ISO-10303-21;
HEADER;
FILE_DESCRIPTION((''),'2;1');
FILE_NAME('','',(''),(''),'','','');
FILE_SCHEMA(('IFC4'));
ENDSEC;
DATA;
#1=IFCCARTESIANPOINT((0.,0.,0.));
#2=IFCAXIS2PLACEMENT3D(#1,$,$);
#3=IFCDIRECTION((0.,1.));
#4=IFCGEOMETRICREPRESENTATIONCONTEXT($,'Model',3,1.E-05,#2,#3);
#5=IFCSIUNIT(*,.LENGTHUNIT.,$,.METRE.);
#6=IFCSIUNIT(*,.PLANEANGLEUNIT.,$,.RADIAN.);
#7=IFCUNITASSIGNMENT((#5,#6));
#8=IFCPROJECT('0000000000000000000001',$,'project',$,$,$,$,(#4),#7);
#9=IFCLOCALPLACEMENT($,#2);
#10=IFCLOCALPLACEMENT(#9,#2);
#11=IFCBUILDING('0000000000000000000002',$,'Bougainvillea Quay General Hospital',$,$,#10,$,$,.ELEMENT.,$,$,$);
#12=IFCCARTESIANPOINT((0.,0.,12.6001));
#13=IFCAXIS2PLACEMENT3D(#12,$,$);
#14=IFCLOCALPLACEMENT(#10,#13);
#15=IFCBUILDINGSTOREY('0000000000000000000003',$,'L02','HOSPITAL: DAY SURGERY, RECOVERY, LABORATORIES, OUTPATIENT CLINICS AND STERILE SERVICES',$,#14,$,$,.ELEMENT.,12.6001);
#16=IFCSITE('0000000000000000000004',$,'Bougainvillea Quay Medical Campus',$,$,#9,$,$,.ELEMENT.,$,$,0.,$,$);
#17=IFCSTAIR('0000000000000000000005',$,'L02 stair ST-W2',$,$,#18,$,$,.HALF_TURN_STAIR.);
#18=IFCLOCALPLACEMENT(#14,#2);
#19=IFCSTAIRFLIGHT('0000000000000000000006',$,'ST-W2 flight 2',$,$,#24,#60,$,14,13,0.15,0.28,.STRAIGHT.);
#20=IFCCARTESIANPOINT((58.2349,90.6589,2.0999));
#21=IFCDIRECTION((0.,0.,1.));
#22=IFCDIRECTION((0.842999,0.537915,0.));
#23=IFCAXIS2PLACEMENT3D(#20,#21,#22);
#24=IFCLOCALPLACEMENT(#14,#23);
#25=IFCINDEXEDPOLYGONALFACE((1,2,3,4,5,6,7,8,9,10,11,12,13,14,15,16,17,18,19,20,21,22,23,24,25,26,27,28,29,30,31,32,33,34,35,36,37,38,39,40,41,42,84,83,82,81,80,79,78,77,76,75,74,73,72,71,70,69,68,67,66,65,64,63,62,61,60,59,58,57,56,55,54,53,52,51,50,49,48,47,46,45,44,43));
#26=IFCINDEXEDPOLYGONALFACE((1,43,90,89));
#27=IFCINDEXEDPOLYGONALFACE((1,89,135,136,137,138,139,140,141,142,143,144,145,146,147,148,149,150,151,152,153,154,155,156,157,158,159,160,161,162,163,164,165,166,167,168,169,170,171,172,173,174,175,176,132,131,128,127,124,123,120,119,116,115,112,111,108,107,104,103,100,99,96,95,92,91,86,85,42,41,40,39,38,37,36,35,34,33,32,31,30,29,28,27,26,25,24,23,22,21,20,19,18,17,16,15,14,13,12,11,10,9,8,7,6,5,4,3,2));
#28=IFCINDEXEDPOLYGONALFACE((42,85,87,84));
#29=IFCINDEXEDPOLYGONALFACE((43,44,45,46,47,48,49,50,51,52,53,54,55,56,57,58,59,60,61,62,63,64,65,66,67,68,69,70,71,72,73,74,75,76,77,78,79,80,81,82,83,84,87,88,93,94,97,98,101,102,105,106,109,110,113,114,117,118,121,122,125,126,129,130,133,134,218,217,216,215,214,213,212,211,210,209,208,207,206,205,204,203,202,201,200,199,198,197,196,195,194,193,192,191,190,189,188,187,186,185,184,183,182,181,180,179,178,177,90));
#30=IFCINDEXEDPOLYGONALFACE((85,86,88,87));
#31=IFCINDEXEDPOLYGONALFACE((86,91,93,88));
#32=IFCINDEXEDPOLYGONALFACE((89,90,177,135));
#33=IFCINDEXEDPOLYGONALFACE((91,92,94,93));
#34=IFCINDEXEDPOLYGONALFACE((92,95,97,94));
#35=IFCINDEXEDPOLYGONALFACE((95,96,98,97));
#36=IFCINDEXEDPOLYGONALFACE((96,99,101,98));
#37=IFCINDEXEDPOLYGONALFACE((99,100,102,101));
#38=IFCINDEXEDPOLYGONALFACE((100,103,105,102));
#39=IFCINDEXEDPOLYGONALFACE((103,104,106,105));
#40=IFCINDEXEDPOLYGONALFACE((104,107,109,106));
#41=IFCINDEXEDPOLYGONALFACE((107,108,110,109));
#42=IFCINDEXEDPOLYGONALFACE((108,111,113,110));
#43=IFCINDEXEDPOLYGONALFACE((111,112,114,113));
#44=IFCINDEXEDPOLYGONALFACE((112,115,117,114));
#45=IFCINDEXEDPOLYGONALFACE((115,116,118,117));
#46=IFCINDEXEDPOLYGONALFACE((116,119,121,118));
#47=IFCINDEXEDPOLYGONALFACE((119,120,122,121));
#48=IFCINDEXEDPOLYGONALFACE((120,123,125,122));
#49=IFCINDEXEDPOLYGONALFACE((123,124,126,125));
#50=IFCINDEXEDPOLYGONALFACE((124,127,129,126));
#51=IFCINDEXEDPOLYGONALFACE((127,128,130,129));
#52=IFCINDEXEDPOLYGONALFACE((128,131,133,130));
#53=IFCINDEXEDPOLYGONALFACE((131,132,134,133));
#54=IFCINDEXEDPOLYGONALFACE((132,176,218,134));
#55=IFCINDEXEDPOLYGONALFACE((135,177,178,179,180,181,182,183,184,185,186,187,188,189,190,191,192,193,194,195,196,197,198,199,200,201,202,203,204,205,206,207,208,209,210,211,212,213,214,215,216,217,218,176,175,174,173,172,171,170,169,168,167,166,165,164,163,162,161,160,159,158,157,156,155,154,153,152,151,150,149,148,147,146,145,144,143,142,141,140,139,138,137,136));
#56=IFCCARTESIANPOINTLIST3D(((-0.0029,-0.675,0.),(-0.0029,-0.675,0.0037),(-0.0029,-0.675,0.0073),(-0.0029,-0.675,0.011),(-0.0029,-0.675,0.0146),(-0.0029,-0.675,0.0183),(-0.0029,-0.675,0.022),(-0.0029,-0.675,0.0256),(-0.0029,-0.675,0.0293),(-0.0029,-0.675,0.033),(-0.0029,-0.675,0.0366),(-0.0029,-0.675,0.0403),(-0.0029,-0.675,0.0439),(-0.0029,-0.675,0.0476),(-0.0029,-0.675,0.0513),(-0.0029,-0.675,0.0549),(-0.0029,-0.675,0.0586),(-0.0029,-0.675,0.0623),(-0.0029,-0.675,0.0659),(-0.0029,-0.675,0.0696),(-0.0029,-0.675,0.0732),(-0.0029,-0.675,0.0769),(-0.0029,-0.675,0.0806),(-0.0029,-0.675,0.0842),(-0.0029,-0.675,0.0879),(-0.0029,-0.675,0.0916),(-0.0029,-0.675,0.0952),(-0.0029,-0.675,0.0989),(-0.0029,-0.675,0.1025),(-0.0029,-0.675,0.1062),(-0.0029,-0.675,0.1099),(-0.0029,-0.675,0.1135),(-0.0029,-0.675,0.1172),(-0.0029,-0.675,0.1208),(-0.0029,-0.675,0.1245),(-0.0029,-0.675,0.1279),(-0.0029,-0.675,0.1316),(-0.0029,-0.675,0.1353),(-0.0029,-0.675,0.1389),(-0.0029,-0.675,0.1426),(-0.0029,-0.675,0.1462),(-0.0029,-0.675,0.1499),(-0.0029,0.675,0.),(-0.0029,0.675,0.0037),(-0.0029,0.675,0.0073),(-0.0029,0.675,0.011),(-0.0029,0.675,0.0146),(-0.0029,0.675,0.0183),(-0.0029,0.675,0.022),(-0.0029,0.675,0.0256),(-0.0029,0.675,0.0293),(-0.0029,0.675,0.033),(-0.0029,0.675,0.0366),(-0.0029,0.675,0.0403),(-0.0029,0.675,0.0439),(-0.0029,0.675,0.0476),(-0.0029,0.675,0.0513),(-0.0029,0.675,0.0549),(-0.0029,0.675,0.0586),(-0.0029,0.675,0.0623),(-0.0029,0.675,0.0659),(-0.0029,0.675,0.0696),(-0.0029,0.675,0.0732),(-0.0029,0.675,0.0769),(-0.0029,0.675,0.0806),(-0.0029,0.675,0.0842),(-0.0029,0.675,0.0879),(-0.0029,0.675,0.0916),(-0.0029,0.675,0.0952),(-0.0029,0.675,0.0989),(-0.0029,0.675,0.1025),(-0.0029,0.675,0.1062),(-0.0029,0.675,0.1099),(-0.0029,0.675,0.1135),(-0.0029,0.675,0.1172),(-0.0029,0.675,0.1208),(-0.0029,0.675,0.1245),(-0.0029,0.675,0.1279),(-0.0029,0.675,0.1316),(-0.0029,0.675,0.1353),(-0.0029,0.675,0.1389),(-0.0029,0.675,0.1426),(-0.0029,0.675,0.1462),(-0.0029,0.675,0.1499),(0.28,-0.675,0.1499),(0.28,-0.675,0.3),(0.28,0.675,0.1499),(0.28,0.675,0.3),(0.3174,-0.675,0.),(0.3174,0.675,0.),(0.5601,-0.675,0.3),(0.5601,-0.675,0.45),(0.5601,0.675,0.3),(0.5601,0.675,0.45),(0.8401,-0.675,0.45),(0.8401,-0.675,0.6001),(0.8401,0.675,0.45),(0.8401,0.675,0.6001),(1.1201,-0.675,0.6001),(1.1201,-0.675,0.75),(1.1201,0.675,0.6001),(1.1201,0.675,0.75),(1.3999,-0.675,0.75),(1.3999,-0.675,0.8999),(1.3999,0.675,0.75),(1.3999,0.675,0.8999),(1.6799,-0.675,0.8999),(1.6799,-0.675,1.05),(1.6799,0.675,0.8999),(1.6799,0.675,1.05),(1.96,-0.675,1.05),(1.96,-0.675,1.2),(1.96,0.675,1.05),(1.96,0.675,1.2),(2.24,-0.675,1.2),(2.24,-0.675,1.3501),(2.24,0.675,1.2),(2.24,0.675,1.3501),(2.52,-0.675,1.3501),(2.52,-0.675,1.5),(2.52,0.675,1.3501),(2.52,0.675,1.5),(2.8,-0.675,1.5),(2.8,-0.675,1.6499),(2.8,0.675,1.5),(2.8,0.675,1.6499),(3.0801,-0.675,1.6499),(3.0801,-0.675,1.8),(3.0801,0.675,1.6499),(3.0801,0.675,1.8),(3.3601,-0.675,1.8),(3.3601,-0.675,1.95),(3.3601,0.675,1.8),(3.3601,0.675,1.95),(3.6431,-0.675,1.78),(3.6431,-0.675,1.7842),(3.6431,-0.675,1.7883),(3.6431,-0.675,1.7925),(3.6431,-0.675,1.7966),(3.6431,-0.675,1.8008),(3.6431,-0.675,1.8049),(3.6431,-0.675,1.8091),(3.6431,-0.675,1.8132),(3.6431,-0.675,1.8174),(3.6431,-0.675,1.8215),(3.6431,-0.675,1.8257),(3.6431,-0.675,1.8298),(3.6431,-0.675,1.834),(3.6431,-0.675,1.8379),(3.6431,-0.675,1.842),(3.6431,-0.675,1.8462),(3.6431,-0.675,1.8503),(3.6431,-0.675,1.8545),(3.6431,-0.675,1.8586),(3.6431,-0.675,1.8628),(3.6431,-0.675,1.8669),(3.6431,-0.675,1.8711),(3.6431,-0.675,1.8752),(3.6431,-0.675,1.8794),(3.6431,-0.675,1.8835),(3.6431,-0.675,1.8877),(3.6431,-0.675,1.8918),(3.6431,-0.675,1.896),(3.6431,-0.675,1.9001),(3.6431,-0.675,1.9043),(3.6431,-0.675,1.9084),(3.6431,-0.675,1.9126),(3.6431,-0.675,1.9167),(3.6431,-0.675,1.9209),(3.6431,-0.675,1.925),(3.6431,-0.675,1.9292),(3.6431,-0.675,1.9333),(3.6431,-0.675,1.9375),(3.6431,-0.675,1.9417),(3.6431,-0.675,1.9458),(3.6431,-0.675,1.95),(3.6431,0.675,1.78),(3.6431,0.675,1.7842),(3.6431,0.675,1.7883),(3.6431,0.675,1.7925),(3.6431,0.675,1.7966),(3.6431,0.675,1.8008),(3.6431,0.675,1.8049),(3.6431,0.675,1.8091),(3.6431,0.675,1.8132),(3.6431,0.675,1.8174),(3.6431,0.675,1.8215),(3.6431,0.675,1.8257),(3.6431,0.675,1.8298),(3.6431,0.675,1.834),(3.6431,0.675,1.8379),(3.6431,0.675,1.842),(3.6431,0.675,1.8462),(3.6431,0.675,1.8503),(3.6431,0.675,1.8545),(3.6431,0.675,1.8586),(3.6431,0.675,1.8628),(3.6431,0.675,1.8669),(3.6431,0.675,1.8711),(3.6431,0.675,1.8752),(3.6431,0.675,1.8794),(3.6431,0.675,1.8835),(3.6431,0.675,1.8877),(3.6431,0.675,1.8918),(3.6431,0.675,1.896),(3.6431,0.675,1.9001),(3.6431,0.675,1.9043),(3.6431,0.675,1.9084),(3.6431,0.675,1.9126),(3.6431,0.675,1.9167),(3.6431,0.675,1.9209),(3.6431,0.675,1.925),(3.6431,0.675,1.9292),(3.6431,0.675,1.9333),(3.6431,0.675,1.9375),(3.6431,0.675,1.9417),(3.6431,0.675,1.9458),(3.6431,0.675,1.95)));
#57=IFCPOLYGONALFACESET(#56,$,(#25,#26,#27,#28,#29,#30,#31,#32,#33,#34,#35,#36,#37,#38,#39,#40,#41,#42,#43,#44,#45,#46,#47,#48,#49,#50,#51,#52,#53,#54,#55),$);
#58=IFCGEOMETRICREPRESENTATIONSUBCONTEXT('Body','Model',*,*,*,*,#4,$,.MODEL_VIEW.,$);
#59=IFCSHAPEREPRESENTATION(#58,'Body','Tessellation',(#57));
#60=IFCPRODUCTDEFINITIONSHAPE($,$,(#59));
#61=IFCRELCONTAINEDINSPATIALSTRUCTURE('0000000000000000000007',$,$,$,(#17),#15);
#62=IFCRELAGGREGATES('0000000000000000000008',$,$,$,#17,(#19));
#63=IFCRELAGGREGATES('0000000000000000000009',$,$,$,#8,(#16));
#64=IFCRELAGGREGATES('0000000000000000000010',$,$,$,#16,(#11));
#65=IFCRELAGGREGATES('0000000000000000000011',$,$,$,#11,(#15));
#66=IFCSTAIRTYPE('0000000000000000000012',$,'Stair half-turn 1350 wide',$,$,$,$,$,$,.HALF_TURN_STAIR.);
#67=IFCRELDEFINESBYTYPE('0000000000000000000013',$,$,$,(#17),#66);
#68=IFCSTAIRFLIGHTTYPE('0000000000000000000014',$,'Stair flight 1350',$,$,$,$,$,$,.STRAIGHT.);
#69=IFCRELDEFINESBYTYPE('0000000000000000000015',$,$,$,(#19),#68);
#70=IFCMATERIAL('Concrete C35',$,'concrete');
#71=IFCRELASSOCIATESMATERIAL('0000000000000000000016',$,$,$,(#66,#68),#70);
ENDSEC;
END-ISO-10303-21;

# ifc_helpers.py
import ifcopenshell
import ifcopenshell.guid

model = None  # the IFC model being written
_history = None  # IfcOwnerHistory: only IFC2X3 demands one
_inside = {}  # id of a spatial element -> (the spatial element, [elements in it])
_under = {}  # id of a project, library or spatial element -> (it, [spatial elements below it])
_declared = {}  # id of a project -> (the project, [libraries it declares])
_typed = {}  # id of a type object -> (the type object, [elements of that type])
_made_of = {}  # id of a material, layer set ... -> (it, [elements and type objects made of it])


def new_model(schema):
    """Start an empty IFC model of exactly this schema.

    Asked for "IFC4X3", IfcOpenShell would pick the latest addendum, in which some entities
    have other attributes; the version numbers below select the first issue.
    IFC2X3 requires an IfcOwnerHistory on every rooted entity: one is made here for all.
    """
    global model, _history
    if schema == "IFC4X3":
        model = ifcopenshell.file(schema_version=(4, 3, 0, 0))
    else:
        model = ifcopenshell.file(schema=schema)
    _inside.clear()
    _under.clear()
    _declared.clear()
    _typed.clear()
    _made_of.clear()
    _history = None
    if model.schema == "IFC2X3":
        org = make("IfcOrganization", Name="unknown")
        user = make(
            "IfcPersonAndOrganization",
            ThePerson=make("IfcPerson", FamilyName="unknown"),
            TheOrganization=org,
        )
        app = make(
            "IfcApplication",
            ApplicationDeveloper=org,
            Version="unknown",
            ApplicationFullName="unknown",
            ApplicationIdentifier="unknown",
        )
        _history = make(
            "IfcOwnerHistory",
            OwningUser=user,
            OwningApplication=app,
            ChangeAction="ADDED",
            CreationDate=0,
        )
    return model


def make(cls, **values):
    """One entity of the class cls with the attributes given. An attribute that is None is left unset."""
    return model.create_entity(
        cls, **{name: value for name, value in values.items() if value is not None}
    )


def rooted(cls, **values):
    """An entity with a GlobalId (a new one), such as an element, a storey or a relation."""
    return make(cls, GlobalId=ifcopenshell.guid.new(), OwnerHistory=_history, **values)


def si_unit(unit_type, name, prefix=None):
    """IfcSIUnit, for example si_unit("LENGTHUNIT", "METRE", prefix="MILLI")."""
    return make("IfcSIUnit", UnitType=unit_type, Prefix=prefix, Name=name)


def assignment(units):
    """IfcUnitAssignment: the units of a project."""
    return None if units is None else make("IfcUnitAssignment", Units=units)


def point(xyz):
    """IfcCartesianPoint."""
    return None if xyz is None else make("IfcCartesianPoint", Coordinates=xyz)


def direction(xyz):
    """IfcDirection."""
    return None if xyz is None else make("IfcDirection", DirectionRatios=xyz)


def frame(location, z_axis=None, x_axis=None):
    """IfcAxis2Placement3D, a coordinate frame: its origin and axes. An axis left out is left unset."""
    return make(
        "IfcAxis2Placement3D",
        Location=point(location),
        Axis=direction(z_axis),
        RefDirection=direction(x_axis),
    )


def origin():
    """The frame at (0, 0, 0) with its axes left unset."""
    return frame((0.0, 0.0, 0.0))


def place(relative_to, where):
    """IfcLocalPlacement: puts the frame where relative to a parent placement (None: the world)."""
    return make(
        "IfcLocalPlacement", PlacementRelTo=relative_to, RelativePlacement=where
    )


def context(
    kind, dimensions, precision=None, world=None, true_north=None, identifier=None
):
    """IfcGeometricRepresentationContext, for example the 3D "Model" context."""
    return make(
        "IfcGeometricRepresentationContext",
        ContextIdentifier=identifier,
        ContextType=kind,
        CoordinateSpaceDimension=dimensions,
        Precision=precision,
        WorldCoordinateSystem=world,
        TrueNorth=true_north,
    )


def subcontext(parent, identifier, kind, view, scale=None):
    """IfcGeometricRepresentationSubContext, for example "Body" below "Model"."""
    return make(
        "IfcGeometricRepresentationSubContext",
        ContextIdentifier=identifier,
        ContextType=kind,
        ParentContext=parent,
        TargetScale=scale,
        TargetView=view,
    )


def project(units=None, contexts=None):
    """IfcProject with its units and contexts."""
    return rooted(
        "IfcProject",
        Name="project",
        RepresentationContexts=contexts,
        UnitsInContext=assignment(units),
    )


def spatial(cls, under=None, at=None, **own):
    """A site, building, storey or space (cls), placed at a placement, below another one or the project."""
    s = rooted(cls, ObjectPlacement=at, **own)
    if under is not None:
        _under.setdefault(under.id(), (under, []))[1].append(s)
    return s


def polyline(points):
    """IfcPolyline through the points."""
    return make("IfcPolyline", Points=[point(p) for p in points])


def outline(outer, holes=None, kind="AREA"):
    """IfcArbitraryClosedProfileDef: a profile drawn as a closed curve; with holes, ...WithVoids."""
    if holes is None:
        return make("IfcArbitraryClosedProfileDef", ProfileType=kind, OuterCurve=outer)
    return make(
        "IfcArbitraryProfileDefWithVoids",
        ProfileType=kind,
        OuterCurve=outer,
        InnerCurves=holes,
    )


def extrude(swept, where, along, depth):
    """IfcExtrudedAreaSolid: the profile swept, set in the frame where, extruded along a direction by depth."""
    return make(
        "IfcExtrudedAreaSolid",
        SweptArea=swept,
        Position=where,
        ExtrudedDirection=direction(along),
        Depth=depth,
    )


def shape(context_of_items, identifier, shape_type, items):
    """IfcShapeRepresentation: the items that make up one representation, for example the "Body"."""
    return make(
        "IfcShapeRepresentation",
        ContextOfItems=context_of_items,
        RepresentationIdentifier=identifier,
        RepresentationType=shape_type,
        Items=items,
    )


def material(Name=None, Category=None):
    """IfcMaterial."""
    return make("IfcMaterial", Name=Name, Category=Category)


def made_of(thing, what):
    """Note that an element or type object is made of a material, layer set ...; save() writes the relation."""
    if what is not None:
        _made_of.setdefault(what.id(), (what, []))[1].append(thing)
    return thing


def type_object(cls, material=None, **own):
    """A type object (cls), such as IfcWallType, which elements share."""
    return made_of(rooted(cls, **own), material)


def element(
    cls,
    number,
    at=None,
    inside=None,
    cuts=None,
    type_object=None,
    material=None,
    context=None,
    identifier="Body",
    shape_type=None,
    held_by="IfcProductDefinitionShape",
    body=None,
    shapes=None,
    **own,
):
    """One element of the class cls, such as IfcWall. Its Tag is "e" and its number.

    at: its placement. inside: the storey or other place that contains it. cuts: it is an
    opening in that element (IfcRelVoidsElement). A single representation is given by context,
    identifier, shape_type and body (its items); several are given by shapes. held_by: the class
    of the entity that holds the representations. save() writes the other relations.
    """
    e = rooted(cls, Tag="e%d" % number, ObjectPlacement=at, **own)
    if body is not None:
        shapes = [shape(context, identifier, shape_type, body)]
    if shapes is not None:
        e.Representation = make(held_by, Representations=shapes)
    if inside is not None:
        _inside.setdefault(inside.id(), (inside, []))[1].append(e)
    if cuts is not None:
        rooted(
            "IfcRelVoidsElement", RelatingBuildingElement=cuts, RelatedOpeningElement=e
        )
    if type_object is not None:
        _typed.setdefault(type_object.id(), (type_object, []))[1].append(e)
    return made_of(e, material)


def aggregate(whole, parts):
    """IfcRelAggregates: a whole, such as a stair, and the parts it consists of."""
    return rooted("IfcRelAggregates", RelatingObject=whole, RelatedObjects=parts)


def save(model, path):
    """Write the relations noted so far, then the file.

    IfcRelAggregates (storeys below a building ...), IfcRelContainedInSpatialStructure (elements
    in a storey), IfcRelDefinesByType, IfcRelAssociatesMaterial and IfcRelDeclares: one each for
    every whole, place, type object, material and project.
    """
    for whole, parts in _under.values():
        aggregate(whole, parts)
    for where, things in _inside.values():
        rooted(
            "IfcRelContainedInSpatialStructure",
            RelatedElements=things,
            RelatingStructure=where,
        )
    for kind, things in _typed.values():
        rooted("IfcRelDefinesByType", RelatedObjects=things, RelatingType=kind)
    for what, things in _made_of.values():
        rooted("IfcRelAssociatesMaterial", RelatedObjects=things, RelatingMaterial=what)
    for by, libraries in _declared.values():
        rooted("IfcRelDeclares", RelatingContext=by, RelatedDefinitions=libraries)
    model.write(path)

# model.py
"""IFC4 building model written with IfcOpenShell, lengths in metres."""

from ifc_helpers import new_model, si_unit, direction, frame, origin, place, context, subcontext, project, spatial, polyline, outline, extrude, material, type_object, element, aggregate, save


model = new_model("IFC4")

# Units and contexts
model_context = context("Model", 3, precision=1e-05, world=origin(), true_north=direction((0.0, 1.0)))
body_context = subcontext(model_context, "Body", "Model", "MODEL_VIEW")
ifc_project = project(units=[si_unit("LENGTHUNIT", "METRE"), si_unit("PLANEANGLEUNIT", "RADIAN")], contexts=[model_context])

# Site, building, storey
site_placement = place(None, origin())
site = spatial("IfcSite", under=ifc_project, at=site_placement, Name="Bougainvillea Quay Medical Campus", CompositionType="ELEMENT", RefElevation=0.0)
building_placement = place(site_placement, origin())
building = spatial("IfcBuilding", under=site, at=building_placement, Name="Bougainvillea Quay General Hospital", CompositionType="ELEMENT")
storey_placement = place(building_placement, frame((0.0, 0.0, 12.6001)))
storey = spatial("IfcBuildingStorey", under=building, at=storey_placement, Name="L02", Description="HOSPITAL: DAY SURGERY, RECOVERY, LABORATORIES, OUTPATIENT CLINICS AND STERILE SERVICES", CompositionType="ELEMENT", Elevation=12.6001)

# Stair, stair flight
ifc_material_1 = material(Name="Concrete C35", Category="concrete")
stair_type = type_object("IfcStairType", Name="Stair half-turn 1350 wide", PredefinedType="HALF_TURN_STAIR", material=ifc_material_1)
stair_placement = place(storey_placement, origin())
stair = element("IfcStair", 1, at=stair_placement, inside=storey, type_object=stair_type, Name="L02 stair ST-W2", PredefinedType="HALF_TURN_STAIR")
stair_flight_type = type_object("IfcStairFlightType", Name="Stair flight 1350", PredefinedType="STRAIGHT", material=ifc_material_1)
stair_flight_1_placement = place(storey_placement, frame((58.2349, 90.6589, 2.0999), z_axis=(0.0, 0.0, 1.0), x_axis=(0.842999, 0.537915, 0.0)))
stair_flight_1 = element("IfcStairFlight", 2, at=stair_flight_1_placement, type_object=stair_flight_type, Name="ST-W2 flight 2", NumberOfRisers=14, NumberOfTreads=13, PredefinedType="STRAIGHT", RiserHeight=0.15, TreadLength=0.28, context=body_context, shape_type="SweptSolid", body=[
    extrude(outline(polyline([(-0.0029, 0.0), (-0.0029, 0.0037), (-0.0029, 0.0073), (-0.0029, 0.011), (-0.0029, 0.0146), (-0.0029, 0.0183), (-0.0029, 0.022), (-0.0029, 0.0256), (-0.0029, 0.0293), (-0.0029, 0.033), (-0.0029, 0.0366), (-0.0029, 0.0403), (-0.0029, 0.0439), (-0.0029, 0.0476), (-0.0029, 0.0513), (-0.0029, 0.0549), (-0.0029, 0.0586), (-0.0029, 0.0623), (-0.0029, 0.0659), (-0.0029, 0.0696), (-0.0029, 0.0732), (-0.0029, 0.0769), (-0.0029, 0.0806), (-0.0029, 0.0842), (-0.0029, 0.0879), (-0.0029, 0.0916), (-0.0029, 0.0952), (-0.0029, 0.0989), (-0.0029, 0.1025), (-0.0029, 0.1062), (-0.0029, 0.1099), (-0.0029, 0.1135), (-0.0029, 0.1172), (-0.0029, 0.1208), (-0.0029, 0.1245), (-0.0029, 0.1279), (-0.0029, 0.1316), (-0.0029, 0.1353), (-0.0029, 0.1389), (-0.0029, 0.1426), (-0.0029, 0.1462), (-0.0029, 0.1499), (0.28, 0.1499), (0.28, 0.3), (0.5601, 0.3), (0.5601, 0.45), (0.8401, 0.45), (0.8401, 0.6001), (1.1201, 0.6001), (1.1201, 0.75), (1.3999, 0.75), (1.3999, 0.8999), (1.6799, 0.8999), (1.6799, 1.05), (1.96, 1.05), (1.96, 1.2), (2.24, 1.2), (2.24, 1.3501), (2.52, 1.3501), (2.52, 1.5), (2.8, 1.5), (2.8, 1.6499), (3.0801, 1.6499), (3.0801, 1.8), (3.3601, 1.8), (3.3601, 1.95), (3.6431, 1.95), (3.6431, 1.9458), (3.6431, 1.9417), (3.6431, 1.9375), (3.6431, 1.9333), (3.6431, 1.9292), (3.6431, 1.925), (3.6431, 1.9209), (3.6431, 1.9167), (3.6431, 1.9126), (3.6431, 1.9084), (3.6431, 1.9043), (3.6431, 1.9001), (3.6431, 1.896), (3.6431, 1.8918), (3.6431, 1.8877), (3.6431, 1.8835), (3.6431, 1.8794), (3.6431, 1.8752), (3.6431, 1.8711), (3.6431, 1.8669), (3.6431, 1.8628), (3.6431, 1.8586), (3.6431, 1.8545), (3.6431, 1.8503), (3.6431, 1.8462), (3.6431, 1.842), (3.6431, 1.8379), (3.6431, 1.834), (3.6431, 1.8298), (3.6431, 1.8257), (3.6431, 1.8215), (3.6431, 1.8174), (3.6431, 1.8132), (3.6431, 1.8091), (3.6431, 1.8049), (3.6431, 1.8008), (3.6431, 1.7966), (3.6431, 1.7925), (3.6431, 1.7883), (3.6431, 1.7842), (3.6431, 1.78), (0.3174, 0.0), (-0.0029, 0.0)])), frame((0.0, 0.675, 0.0), z_axis=(0.0, -1.0, 0.0), x_axis=(1.0, 0.0, 0.0)), (0.0, 0.0, 1.0), 1.3501),
])
aggregate(stair, [stair_flight_1])

save(model, "model.ifc")
